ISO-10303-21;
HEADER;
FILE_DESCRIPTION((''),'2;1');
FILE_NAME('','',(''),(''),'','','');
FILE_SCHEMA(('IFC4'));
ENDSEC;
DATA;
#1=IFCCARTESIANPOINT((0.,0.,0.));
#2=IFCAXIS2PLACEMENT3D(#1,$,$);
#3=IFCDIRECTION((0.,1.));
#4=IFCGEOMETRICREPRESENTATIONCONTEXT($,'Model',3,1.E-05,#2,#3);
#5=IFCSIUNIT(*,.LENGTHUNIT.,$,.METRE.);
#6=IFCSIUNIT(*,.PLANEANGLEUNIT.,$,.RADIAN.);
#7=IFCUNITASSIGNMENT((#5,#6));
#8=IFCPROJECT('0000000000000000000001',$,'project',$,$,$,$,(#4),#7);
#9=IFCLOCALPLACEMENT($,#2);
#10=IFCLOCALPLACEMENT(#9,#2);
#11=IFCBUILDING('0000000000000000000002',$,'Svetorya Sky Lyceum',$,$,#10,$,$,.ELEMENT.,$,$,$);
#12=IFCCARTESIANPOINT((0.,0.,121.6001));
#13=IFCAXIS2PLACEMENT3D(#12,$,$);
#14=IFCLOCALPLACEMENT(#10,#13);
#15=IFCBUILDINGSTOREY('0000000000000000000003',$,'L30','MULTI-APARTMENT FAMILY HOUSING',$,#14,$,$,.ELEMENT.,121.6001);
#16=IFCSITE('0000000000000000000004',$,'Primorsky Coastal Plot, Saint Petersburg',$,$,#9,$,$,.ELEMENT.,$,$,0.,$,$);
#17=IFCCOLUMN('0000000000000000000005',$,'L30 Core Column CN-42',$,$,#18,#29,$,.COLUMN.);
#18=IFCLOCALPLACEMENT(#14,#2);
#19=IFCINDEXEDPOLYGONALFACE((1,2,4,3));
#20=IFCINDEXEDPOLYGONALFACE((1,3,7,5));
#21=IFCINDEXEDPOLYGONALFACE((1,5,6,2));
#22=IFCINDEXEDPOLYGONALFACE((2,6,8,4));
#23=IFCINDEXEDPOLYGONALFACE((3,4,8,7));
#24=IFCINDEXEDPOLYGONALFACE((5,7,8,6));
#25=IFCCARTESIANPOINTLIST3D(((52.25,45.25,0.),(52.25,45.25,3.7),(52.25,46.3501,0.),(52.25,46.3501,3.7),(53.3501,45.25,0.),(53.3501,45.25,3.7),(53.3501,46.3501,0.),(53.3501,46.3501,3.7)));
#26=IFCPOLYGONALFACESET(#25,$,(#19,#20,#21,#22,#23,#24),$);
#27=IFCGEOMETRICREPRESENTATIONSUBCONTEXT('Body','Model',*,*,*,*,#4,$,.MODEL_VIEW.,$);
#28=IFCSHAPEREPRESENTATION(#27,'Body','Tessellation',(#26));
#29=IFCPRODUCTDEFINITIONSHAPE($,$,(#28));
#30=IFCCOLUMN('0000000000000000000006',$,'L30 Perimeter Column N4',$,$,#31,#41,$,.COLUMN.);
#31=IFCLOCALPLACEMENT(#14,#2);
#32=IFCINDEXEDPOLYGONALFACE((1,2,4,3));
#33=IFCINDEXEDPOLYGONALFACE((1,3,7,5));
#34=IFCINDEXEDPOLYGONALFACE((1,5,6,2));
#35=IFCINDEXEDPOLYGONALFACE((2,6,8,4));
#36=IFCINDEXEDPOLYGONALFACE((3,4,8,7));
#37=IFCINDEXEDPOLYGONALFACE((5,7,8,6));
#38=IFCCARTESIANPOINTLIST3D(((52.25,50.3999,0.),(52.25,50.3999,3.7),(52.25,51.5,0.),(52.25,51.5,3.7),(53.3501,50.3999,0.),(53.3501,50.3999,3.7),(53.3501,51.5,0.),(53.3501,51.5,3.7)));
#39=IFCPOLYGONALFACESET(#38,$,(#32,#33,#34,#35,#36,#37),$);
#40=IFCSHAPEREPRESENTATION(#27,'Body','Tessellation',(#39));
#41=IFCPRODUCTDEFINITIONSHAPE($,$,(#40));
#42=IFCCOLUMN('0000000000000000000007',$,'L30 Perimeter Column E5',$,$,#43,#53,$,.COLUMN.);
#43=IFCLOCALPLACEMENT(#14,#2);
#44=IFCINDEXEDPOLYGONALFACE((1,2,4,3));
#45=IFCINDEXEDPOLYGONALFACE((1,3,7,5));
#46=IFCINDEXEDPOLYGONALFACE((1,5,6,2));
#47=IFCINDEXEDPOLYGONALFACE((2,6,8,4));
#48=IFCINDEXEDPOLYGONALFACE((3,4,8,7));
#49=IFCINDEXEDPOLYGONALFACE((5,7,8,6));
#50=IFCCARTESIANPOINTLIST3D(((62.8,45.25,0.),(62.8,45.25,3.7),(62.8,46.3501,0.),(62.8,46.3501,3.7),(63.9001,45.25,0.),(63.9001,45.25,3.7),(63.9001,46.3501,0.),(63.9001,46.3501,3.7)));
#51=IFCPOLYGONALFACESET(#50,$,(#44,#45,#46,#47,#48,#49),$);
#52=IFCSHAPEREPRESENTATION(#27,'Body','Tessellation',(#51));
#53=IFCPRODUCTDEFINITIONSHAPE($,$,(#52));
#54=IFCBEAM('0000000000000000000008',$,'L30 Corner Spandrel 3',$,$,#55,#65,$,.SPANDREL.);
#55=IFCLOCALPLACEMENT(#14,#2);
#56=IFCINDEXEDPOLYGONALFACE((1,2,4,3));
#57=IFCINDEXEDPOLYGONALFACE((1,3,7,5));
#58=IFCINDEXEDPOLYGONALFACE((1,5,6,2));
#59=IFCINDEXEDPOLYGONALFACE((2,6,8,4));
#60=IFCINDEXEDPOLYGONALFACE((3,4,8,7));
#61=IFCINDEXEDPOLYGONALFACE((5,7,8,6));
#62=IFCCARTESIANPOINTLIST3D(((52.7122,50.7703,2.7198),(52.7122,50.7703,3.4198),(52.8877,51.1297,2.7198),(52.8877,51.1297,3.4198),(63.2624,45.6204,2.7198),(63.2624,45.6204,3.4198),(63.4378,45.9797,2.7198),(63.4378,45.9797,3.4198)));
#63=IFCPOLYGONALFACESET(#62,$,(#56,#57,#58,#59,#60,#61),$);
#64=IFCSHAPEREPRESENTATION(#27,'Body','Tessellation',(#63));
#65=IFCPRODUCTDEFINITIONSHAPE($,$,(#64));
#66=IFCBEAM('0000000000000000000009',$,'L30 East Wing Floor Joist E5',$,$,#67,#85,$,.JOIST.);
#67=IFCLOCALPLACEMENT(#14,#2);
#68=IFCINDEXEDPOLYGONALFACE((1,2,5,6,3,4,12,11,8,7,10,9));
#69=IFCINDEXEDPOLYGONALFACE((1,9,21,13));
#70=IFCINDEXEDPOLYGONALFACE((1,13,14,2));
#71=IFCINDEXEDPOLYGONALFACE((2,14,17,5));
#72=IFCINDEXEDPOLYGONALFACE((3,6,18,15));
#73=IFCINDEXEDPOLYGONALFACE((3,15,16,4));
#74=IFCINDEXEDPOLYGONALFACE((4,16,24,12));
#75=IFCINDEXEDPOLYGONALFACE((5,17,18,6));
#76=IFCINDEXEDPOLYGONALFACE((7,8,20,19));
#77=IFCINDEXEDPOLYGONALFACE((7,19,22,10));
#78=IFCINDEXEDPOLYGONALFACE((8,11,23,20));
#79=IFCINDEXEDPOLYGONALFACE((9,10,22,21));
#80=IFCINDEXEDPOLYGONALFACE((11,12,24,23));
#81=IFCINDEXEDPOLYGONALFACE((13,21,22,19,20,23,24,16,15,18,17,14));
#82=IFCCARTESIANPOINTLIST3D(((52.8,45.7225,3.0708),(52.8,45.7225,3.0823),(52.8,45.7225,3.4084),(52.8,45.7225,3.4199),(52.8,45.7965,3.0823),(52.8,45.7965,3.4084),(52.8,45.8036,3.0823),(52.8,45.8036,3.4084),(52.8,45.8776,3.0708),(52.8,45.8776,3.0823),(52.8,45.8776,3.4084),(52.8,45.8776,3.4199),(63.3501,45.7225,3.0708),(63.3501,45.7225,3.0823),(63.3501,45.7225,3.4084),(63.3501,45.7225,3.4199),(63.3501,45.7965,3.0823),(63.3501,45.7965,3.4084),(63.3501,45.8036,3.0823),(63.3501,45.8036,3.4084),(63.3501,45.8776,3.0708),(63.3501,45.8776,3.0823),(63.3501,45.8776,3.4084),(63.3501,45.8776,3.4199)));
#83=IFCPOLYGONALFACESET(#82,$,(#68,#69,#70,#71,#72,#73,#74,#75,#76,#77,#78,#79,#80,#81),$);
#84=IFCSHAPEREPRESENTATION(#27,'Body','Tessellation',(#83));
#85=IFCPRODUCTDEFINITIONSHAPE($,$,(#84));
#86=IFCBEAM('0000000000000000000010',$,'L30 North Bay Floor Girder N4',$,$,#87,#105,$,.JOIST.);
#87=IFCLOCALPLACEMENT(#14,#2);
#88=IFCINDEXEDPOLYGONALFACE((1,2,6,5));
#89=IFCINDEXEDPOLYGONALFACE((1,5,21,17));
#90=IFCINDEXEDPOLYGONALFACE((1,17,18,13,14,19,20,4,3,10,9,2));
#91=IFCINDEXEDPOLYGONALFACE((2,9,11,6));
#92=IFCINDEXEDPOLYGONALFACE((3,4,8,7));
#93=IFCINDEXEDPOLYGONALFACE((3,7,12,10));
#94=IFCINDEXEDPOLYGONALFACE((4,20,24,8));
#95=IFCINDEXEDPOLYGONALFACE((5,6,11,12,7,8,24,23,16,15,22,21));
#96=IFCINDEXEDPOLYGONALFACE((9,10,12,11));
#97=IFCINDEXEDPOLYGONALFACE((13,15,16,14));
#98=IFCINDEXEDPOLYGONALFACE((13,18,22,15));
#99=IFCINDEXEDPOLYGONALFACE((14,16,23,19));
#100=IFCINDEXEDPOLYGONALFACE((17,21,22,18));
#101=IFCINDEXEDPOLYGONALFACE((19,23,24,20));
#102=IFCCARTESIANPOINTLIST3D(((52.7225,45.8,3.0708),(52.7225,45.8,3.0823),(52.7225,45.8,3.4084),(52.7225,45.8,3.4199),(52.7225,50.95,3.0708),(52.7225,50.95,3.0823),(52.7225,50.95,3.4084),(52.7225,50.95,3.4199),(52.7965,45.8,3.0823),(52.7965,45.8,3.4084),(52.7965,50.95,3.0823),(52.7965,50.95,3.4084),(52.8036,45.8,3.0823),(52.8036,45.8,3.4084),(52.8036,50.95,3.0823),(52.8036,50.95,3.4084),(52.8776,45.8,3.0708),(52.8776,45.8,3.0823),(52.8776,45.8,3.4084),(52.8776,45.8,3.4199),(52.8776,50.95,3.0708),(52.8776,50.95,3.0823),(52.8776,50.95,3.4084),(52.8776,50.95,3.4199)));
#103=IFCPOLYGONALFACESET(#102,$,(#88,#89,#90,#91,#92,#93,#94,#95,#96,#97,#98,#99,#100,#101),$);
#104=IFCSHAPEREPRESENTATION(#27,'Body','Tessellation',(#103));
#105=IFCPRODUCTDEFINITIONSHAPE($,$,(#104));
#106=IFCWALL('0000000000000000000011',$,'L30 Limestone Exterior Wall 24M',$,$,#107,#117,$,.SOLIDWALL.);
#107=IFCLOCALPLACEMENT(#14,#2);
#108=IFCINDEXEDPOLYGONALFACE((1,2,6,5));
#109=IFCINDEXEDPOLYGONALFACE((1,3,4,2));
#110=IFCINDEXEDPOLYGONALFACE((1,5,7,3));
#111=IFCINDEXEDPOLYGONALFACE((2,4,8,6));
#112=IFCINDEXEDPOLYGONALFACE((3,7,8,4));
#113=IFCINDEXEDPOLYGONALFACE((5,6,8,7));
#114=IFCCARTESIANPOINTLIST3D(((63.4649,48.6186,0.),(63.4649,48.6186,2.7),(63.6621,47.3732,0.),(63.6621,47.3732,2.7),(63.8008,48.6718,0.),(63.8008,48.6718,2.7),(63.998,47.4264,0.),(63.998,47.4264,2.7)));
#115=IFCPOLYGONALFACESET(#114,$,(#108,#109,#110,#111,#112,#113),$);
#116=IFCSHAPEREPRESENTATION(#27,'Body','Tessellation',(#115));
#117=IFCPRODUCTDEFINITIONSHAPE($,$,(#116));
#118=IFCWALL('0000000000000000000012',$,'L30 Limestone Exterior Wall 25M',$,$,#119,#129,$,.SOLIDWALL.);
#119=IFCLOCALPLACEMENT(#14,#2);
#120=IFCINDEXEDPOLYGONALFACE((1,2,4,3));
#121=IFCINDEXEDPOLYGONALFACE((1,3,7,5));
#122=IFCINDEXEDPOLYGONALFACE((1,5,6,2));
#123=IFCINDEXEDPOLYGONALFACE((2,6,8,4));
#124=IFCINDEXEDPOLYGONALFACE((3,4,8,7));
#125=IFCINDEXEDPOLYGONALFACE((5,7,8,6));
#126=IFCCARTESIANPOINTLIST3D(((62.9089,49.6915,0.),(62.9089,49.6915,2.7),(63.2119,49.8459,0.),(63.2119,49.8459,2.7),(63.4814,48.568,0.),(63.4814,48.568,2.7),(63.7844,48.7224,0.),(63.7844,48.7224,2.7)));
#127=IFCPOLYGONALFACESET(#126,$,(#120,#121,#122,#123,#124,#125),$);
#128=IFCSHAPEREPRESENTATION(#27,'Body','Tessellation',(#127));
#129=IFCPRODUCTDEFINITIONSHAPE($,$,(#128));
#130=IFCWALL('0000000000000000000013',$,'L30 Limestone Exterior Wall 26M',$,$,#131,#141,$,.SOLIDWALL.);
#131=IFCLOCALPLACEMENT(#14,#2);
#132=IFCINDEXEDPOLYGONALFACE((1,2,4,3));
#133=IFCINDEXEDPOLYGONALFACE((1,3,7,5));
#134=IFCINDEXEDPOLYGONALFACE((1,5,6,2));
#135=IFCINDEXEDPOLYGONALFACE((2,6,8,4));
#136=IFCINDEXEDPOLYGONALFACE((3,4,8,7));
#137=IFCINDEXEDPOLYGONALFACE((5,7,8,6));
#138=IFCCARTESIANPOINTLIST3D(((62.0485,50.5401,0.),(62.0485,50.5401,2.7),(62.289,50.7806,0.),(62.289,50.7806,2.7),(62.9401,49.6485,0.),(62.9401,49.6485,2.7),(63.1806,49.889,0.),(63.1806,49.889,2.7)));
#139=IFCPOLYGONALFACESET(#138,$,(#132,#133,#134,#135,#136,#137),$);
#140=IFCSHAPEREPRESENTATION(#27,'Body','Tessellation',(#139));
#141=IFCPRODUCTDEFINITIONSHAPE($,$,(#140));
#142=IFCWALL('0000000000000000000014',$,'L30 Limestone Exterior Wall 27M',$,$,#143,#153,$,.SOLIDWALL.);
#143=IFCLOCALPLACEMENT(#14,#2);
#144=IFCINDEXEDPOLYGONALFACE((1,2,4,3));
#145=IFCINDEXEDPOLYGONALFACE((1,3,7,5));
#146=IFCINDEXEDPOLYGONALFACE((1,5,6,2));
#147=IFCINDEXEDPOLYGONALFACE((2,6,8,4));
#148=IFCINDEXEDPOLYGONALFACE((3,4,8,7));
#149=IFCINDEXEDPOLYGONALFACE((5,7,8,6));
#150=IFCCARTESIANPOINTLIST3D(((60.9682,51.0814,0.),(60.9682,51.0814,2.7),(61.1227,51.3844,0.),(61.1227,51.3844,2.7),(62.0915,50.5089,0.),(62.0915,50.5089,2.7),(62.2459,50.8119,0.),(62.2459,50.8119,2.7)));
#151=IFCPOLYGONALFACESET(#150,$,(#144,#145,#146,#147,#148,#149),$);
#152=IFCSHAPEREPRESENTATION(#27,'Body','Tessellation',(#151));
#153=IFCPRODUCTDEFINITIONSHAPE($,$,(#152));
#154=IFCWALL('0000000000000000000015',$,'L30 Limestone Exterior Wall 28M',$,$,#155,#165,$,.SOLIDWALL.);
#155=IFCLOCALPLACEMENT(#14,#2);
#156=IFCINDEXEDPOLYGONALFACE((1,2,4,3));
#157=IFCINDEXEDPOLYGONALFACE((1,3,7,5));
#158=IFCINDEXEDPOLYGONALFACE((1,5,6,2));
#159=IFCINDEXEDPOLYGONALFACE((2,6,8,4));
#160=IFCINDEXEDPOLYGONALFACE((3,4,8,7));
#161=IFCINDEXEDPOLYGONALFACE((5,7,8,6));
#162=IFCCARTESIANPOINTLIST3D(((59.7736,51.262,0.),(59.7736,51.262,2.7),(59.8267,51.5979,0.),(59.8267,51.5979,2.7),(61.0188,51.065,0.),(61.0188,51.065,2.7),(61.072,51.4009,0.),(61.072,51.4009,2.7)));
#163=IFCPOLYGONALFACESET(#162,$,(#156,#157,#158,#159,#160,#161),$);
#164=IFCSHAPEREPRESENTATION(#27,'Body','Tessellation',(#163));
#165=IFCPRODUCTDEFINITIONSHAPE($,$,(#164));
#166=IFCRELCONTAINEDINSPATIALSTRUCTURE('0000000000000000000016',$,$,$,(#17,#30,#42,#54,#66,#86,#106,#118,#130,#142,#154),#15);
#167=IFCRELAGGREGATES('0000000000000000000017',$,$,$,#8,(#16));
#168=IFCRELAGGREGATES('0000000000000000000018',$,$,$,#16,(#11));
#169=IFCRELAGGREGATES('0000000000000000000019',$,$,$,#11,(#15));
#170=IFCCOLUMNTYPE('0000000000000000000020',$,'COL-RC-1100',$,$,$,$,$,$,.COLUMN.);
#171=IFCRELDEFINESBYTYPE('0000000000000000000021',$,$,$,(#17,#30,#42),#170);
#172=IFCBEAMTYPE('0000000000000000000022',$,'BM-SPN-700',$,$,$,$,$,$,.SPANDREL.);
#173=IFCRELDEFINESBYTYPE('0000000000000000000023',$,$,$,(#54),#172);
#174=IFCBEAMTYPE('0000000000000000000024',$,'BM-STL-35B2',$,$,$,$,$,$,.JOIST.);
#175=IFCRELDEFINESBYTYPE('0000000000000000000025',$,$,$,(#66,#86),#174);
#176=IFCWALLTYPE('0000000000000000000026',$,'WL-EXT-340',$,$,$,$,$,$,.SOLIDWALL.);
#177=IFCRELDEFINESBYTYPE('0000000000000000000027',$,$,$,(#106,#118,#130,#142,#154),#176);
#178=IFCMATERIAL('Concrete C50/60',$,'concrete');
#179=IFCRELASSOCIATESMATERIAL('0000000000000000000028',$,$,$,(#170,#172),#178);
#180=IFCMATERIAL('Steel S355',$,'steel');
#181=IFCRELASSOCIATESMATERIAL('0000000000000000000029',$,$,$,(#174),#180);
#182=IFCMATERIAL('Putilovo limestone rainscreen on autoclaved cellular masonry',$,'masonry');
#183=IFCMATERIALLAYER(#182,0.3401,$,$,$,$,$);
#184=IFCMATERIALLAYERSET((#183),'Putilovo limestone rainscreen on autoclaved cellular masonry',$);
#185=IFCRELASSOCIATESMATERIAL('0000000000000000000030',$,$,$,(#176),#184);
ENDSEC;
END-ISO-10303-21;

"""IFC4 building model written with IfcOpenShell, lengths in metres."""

from ifc_helpers import new_model, si_unit, direction, frame, frame_2d, origin, origin_2d, place, context, subcontext, project, spatial, rectangle, i_section, extrude, material, layer, layer_set, material_profile, profile_set, type_object, element, save


model = new_model("IFC4")

# Units and contexts
model_context = context("Model", 3, precision=1e-05, world=origin(), true_north=direction((0.0, 1.0)))
body_context = subcontext(model_context, "Body", "Model", "MODEL_VIEW")
ifc_project = project(units=[si_unit("LENGTHUNIT", "METRE"), si_unit("PLANEANGLEUNIT", "RADIAN")], contexts=[model_context])

# Site, building, storey
site_placement = place(None, origin())
site = spatial("IfcSite", under=ifc_project, at=site_placement, Name="Primorsky Coastal Plot, Saint Petersburg", CompositionType="ELEMENT", RefElevation=0.0)
building_placement = place(site_placement, origin())
building = spatial("IfcBuilding", under=site, at=building_placement, Name="Svetorya Sky Lyceum", CompositionType="ELEMENT")
storey_placement = place(building_placement, frame((0.0, 0.0, 121.6001)))
storey = spatial("IfcBuildingStorey", under=building, at=storey_placement, Name="L30", Description="MULTI-APARTMENT FAMILY HOUSING", CompositionType="ELEMENT", Elevation=121.6001)

# Columns
ifc_material_1 = material(Name="Concrete C50/60", Category="concrete")
ifc_material_profile_1 = material_profile(ifc_material_1, rectangle(XDim=1.1001, YDim=1.1001, at=origin_2d()), Name="RC COL 1100x1100")
ifc_profile_set_1 = profile_set([ifc_material_profile_1], Name="Concrete C50/60")
column_type = type_object("IfcColumnType", Name="COL-RC-1100", PredefinedType="COLUMN", material=ifc_profile_set_1)
for number, where, z_axis, x_axis, name in (
    (1, (52.8, 45.8, 0.0), (0.0, 0.0, 1.0), (1.0, 0.0, 0.0), "L30 Core Column CN-42"),
    (2, (52.8, 50.95, 0.0), (0.0, 0.0, 1.0), (1.0, 0.0, 0.0), "L30 Perimeter Column N4"),
    (3, (63.3501, 45.8, 0.0), (0.0, 0.0, 1.0), (1.0, 0.0, 0.0), "L30 Perimeter Column E5"),
):
    element("IfcColumn", number, at=place(storey_placement, frame(where, z_axis=z_axis, x_axis=x_axis)), inside=storey, type_object=column_type, Name=name, PredefinedType="COLUMN", context=body_context, shape_type="SweptSolid", body=[
        extrude(rectangle(XDim=1.1001, YDim=1.1001, at=origin_2d()), origin(), (0.0, 0.0, 1.0), 3.7),
    ])

# Beams
ifc_material_profile_2 = material_profile(ifc_material_1, rectangle(XDim=0.3999, YDim=0.7, at=origin_2d()), Name="RC SPANDREL 400x700")
ifc_profile_set_2 = profile_set([ifc_material_profile_2], Name="Concrete C50/60")
beam_type_1 = type_object("IfcBeamType", Name="BM-SPN-700", PredefinedType="SPANDREL", material=ifc_profile_set_2)
beam_1_placement = place(storey_placement, frame((63.3501, 45.8, 3.0698), z_axis=(-0.89865, 0.438667, 0.0), x_axis=(-0.438667, -0.89865, 0.0)))
element("IfcBeam", 4, at=beam_1_placement, inside=storey, type_object=beam_type_1, Name="L30 Corner Spandrel 3", PredefinedType="SPANDREL", context=body_context, shape_type="SweptSolid", body=[
    extrude(rectangle(XDim=0.3999, YDim=0.7, at=origin_2d()), origin(), (0.0, 0.0, 1.0), 11.74),
])
ifc_material_2 = material(Name="Steel S355", Category="steel")
ifc_material_profile_3 = material_profile(ifc_material_2, i_section(OverallWidth=0.155, OverallDepth=0.3491, WebThickness=0.0071, FlangeThickness=0.0115, at=origin_2d()), Name="GOST 35B2")
ifc_profile_set_3 = profile_set([ifc_material_profile_3], Name="Steel S355")
beam_type_2 = type_object("IfcBeamType", Name="BM-STL-35B2", PredefinedType="JOIST", material=ifc_profile_set_3)
beam_2_placement = place(storey_placement, frame((52.8, 45.8, 3.2454), z_axis=(1.0, 0.0, 0.0), x_axis=(0.0, 1.0, 0.0)))
element("IfcBeam", 5, at=beam_2_placement, inside=storey, type_object=beam_type_2, Name="L30 East Wing Floor Joist E5", PredefinedType="JOIST", context=body_context, shape_type="SweptSolid", body=[
    extrude(i_section(OverallWidth=0.155, OverallDepth=0.3491, WebThickness=0.0071, FlangeThickness=0.0115, at=origin_2d()), origin(), (0.0, 0.0, 1.0), 10.55),
])
beam_3_placement = place(storey_placement, frame((52.8, 45.8, 3.2454), z_axis=(0.0, 1.0, 0.0), x_axis=(-1.0, 0.0, 0.0)))
element("IfcBeam", 6, at=beam_3_placement, inside=storey, type_object=beam_type_2, Name="L30 North Bay Floor Girder N4", PredefinedType="JOIST", context=body_context, shape_type="SweptSolid", body=[
    extrude(i_section(OverallWidth=0.155, OverallDepth=0.3491, WebThickness=0.0071, FlangeThickness=0.0115, at=origin_2d()), origin(), (0.0, 0.0, 1.0), 5.1499),
])

# Walls
ifc_material_3 = material(Name="Putilovo limestone rainscreen on autoclaved cellular masonry", Category="masonry")
ifc_layer_1 = layer(ifc_material_3, 0.3401)
ifc_layer_set_1 = layer_set([ifc_layer_1], Name="Putilovo limestone rainscreen on autoclaved cellular masonry")
wall_type_1 = type_object("IfcWallType", Name="WL-EXT-340", PredefinedType="SOLIDWALL", material=ifc_layer_set_1)
for number, where, z_axis, x_axis, name in (
    (7, (63.8301, 47.3999, 0.0), (0.0, 0.0, 1.0), (-0.15645, 0.987686, 0.0), "L30 Limestone Exterior Wall 24M"),
    (8, (63.6328, 48.6453, 0.0), (0.0, 0.0, 1.0), (-0.454016, 0.890994, 0.0), "L30 Limestone Exterior Wall 25M"),
    (9, (63.0603, 49.7688, 0.0), (0.0, 0.0, 1.0), (-0.707107, 0.707107, 0.0), "L30 Limestone Exterior Wall 26M"),
):
    element("IfcWall", number, at=place(storey_placement, frame(where, z_axis=z_axis, x_axis=x_axis)), inside=storey, type_object=wall_type_1, Name=name, PredefinedType="SOLIDWALL", context=body_context, shape_type="SweptSolid", body=[
        extrude(rectangle(XDim=1.261, YDim=0.3401, at=frame_2d((0.6304, 0.0))), origin(), (0.0, 0.0, 1.0), 2.7),
    ])
for number, where, z_axis, x_axis, name in (
    (10, (62.1687, 50.6604, 0.0), (0.0, 0.0, 1.0), (-0.890954, 0.454094, 0.0), "L30 Limestone Exterior Wall 27M"),
    (11, (61.0454, 51.2329, 0.0), (0.0, 0.0, 1.0), (-0.987716, 0.156261, 0.0), "L30 Limestone Exterior Wall 28M"),
):
    element("IfcWall", number, at=place(storey_placement, frame(where, z_axis=z_axis, x_axis=x_axis)), inside=storey, type_object=wall_type_1, Name=name, PredefinedType="SOLIDWALL", context=body_context, shape_type="SweptSolid", body=[
        extrude(rectangle(XDim=1.2607, YDim=0.3401, at=frame_2d((0.6304, 0.0))), origin(), (0.0, 0.0, 1.0), 2.7),
    ])

save(model, "model.ifc")
